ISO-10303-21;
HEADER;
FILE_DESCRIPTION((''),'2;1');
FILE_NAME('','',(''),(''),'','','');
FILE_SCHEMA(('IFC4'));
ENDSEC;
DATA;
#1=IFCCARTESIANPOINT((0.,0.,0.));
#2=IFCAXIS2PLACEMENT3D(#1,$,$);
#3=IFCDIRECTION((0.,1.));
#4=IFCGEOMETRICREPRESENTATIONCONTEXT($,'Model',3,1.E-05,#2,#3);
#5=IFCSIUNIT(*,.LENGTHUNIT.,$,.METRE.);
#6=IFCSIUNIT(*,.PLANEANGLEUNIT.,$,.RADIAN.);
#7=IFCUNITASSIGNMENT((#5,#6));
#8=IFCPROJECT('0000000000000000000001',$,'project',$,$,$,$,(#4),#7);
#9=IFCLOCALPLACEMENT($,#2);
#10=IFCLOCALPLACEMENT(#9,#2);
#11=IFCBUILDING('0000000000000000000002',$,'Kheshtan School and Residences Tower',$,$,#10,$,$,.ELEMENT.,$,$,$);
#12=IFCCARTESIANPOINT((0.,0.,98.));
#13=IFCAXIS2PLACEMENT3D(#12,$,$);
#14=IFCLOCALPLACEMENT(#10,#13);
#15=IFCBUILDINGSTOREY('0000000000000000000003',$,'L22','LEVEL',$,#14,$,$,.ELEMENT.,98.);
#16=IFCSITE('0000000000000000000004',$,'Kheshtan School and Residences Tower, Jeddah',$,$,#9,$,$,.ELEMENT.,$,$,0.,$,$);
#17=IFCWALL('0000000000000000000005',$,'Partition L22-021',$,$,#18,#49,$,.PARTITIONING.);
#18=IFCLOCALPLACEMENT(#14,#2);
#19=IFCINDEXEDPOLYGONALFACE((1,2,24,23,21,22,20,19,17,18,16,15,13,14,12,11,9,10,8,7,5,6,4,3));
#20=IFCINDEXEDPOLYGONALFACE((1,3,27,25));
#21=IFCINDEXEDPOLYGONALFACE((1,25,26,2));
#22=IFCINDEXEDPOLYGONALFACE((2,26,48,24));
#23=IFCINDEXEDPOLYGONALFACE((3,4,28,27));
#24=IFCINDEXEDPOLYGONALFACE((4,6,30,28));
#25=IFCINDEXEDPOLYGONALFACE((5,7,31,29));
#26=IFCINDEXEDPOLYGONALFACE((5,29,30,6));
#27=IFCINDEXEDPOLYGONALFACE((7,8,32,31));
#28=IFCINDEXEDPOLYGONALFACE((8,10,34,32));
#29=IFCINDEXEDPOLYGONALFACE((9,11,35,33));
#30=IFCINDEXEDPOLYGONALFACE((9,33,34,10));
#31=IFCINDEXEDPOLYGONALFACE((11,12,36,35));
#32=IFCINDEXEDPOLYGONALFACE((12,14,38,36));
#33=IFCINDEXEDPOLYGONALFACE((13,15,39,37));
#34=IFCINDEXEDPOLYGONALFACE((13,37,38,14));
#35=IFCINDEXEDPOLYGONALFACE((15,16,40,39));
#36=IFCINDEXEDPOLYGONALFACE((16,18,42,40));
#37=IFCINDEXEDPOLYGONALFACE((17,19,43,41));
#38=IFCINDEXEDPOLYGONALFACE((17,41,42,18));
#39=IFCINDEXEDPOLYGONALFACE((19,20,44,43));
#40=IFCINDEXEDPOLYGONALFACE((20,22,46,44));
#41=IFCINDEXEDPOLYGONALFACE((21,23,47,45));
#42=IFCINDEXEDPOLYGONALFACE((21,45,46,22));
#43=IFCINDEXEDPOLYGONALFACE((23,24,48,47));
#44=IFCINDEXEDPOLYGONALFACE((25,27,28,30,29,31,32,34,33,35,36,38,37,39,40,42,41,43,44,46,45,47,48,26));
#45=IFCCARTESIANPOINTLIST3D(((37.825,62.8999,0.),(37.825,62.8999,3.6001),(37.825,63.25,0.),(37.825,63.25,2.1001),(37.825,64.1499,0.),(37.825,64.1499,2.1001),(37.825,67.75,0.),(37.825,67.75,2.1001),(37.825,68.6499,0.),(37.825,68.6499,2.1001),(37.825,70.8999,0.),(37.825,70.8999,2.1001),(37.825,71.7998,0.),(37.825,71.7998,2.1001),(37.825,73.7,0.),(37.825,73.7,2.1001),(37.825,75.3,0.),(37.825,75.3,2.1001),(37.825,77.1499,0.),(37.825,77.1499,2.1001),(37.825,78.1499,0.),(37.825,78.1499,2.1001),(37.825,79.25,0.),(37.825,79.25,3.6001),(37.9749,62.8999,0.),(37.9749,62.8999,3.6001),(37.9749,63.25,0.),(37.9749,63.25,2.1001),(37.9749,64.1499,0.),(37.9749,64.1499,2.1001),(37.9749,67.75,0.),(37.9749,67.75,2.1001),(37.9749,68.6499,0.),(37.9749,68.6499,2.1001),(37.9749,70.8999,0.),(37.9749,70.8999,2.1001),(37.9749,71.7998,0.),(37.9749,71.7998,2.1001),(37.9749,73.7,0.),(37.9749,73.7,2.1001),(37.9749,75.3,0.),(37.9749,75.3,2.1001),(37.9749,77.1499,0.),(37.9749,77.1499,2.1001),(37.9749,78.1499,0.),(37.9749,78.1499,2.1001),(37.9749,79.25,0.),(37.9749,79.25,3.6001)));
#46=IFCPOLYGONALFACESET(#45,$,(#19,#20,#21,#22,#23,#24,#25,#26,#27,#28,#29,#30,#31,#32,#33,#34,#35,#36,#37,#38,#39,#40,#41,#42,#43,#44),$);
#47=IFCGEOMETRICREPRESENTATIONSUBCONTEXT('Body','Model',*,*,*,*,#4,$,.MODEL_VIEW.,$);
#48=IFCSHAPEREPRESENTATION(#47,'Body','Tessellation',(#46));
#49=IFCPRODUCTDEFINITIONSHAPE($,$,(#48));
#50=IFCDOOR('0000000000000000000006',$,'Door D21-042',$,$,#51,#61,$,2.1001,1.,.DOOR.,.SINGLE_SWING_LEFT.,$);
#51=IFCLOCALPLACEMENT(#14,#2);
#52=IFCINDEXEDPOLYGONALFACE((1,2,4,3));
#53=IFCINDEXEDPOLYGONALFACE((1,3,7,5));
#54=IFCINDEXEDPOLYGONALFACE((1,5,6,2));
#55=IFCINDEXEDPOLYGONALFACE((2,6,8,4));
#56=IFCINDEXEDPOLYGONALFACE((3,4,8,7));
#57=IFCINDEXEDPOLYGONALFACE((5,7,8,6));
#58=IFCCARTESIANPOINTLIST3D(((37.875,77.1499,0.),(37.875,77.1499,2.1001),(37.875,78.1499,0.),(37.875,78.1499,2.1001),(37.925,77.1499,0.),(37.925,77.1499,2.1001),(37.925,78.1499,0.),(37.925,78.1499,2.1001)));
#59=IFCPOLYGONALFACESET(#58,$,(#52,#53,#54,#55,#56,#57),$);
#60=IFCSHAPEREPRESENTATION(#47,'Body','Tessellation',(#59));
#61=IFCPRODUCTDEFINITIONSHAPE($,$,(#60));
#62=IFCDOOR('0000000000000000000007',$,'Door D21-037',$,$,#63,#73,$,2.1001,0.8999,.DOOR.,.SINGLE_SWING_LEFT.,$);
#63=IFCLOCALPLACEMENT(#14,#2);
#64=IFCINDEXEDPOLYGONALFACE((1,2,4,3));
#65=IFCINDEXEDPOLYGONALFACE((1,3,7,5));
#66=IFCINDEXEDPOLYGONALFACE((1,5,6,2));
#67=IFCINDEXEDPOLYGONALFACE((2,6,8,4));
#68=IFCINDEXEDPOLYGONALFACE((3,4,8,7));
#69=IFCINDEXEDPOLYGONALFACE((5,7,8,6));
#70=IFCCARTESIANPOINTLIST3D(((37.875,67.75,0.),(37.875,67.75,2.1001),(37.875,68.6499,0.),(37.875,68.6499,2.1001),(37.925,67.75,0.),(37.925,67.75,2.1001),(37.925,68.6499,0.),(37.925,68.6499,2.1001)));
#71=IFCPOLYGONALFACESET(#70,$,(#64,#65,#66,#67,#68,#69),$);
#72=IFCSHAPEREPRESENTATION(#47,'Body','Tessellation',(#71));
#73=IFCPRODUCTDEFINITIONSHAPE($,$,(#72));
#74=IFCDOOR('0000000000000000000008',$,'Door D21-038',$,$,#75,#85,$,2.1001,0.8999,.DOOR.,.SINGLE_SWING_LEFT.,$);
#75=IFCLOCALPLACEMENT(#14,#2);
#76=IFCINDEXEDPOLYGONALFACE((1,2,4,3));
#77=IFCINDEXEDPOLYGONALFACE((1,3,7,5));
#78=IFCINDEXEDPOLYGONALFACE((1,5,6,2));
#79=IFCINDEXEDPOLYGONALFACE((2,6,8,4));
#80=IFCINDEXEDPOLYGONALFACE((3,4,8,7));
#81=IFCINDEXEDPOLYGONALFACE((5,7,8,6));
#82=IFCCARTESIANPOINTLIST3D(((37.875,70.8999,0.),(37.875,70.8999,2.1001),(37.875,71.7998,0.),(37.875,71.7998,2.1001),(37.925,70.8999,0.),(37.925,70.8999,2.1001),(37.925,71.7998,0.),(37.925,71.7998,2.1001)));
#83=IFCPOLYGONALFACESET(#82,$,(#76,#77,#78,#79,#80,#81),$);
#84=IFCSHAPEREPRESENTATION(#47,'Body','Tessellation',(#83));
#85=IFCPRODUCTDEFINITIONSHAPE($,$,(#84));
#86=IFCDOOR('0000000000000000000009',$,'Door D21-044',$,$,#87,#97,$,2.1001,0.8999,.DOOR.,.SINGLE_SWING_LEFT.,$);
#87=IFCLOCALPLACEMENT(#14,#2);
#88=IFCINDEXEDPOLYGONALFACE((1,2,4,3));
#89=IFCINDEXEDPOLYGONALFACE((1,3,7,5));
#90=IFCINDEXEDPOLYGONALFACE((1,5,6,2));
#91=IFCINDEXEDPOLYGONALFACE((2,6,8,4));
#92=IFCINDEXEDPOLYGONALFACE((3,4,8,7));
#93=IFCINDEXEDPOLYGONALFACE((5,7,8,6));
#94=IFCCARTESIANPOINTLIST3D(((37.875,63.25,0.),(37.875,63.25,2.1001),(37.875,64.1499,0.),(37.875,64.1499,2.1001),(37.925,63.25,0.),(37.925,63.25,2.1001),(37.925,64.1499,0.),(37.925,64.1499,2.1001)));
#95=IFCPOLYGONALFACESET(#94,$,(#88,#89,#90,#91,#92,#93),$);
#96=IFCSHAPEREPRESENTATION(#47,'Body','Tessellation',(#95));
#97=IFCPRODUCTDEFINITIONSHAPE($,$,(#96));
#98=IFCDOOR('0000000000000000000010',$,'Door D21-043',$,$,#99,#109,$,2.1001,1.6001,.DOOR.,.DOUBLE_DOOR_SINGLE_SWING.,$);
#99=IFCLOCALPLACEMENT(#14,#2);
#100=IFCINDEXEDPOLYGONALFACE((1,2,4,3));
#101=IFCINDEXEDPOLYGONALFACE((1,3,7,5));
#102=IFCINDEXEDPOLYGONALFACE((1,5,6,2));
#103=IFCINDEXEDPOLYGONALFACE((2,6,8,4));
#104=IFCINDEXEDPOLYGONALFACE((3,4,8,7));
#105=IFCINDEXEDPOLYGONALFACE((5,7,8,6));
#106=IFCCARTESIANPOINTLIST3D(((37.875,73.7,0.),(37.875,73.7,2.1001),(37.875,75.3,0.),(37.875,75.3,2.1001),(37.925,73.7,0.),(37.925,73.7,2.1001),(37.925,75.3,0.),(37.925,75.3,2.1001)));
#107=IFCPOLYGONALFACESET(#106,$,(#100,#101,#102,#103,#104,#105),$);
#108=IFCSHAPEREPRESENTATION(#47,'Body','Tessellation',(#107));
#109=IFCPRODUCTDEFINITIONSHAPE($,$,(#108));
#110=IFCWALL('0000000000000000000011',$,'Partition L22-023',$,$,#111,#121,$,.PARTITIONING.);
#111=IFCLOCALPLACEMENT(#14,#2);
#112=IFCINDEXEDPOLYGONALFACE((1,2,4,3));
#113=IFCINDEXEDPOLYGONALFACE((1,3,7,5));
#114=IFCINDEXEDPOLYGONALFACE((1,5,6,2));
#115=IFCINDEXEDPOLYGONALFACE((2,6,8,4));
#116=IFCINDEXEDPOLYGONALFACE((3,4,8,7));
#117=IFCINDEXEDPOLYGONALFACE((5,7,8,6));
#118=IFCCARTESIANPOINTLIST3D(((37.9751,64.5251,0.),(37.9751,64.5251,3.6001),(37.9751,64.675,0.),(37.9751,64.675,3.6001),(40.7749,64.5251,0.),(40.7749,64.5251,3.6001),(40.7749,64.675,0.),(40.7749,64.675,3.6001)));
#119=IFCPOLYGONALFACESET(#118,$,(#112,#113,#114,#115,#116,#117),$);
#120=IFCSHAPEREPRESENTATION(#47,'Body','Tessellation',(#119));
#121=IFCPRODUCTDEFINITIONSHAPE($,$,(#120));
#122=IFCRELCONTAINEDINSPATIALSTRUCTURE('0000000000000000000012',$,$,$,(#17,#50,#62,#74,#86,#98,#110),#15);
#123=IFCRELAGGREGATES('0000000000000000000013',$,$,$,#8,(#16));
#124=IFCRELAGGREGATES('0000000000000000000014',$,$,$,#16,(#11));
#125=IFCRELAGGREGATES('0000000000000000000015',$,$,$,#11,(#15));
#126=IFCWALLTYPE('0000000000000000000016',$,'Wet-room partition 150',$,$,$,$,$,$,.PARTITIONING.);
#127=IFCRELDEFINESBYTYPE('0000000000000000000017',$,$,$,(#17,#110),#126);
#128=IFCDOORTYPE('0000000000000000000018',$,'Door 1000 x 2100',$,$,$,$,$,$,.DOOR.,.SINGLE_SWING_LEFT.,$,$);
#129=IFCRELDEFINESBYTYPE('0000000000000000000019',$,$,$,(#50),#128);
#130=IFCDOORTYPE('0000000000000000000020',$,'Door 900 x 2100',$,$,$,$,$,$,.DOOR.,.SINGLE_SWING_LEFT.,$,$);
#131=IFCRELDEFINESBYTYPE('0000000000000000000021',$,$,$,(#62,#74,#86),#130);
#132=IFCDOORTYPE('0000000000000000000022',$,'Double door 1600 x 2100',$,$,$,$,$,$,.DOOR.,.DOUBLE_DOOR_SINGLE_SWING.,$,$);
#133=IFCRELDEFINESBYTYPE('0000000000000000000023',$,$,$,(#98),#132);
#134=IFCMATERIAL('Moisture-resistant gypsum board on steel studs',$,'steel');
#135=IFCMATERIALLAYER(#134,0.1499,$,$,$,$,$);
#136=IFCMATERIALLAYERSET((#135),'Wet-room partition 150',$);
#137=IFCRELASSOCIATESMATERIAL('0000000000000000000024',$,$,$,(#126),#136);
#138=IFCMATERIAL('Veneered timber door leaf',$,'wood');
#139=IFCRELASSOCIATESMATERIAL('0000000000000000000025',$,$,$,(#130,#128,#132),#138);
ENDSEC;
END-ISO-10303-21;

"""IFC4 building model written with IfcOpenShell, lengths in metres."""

from ifc_helpers import new_model, si_unit, direction, frame, frame_2d, origin, place, context, subcontext, project, spatial, rectangle, extrude, source, transform, mapped, material, layer, layer_set, type_object, element, fill, save


model = new_model("IFC4")

# Units and contexts
model_context = context("Model", 3, precision=1e-05, world=origin(), true_north=direction((0.0, 1.0)))
body_context = subcontext(model_context, "Body", "Model", "MODEL_VIEW")
ifc_project = project(units=[si_unit("LENGTHUNIT", "METRE"), si_unit("PLANEANGLEUNIT", "RADIAN")], contexts=[model_context])

# Site, building, storey
site_placement = place(None, origin())
site = spatial("IfcSite", under=ifc_project, at=site_placement, Name="Kheshtan School and Residences Tower, Jeddah", CompositionType="ELEMENT", RefElevation=0.0)
building_placement = place(site_placement, origin())
building = spatial("IfcBuilding", under=site, at=building_placement, Name="Kheshtan School and Residences Tower", CompositionType="ELEMENT")
storey_placement = place(building_placement, frame((0.0, 0.0, 98.0)))
storey = spatial("IfcBuildingStorey", under=building, at=storey_placement, Name="L22", Description="LEVEL", CompositionType="ELEMENT", Elevation=98.0)

# Shared definitions
ifc_material_1 = material(Name="Moisture-resistant gypsum board on steel studs", Category="steel")
ifc_layer_1 = layer(ifc_material_1, 0.1499)
ifc_layer_set_1 = layer_set([ifc_layer_1], Name="Wet-room partition 150")
wall_type_1 = type_object("IfcWallType", Name="Wet-room partition 150", PredefinedType="PARTITIONING", material=ifc_layer_set_1)

# Shared definitions
ifc_material_2 = material(Name="Veneered timber door leaf", Category="wood")

# Wall, openings, doors
door_type_1 = type_object("IfcDoorType", Name="Door 900 x 2100", OperationType="SINGLE_SWING_LEFT", PredefinedType="DOOR", material=ifc_material_2)
shared_shape_1 = source(origin(), body_context, "Body", "SweptSolid", [
    extrude(rectangle(XDim=0.8999, YDim=2.1001, at=frame_2d((0.45, 1.05))), frame((0.0, 0.0249, 0.0), z_axis=(0.0, -1.0, 0.0), x_axis=(1.0, 0.0, 0.0)), (0.0, 0.0, 1.0), 0.05),
])
wall_1_placement = place(storey_placement, frame((37.8999, 62.8999, 0.0), z_axis=(0.0, 0.0, 1.0), x_axis=(0.0, 1.0, 0.0)))
wall_1 = element("IfcWall", 1, at=wall_1_placement, inside=storey, type_object=wall_type_1, Name="Partition L22-021", PredefinedType="PARTITIONING", context=body_context, shape_type="SweptSolid", body=[
    extrude(rectangle(XDim=16.3501, YDim=0.1499, at=frame_2d((8.175, 0.0))), origin(), (0.0, 0.0, 1.0), 3.6001),
])
opening_1_placement = place(wall_1_placement, frame((4.8501, 0.0, 0.0)))
opening_1 = element("IfcOpeningElement", 2, at=opening_1_placement, cuts=wall_1, PredefinedType="OPENING", context=body_context, shape_type="SweptSolid", body=[
    extrude(rectangle(XDim=0.8999, YDim=2.1001, at=frame_2d((0.45, 1.05))), frame((0.0, 0.085, 0.0), z_axis=(0.0, -1.0, 0.0), x_axis=(1.0, 0.0, 0.0)), (0.0, 0.0, 1.0), 0.1699),
])
opening_2_placement = place(wall_1_placement, frame((8.0, 0.0, 0.0)))
opening_2 = element("IfcOpeningElement", 3, at=opening_2_placement, cuts=wall_1, PredefinedType="OPENING", context=body_context, shape_type="SweptSolid", body=[
    extrude(rectangle(XDim=0.8999, YDim=2.1001, at=frame_2d((0.45, 1.05))), frame((0.0, 0.085, 0.0), z_axis=(0.0, -1.0, 0.0), x_axis=(1.0, 0.0, 0.0)), (0.0, 0.0, 1.0), 0.1699),
])
opening_3_placement = place(wall_1_placement, frame((14.25, 0.0, 0.0)))
opening_3 = element("IfcOpeningElement", 4, at=opening_3_placement, cuts=wall_1, PredefinedType="OPENING", context=body_context, shape_type="SweptSolid", body=[
    extrude(rectangle(XDim=1.0, YDim=2.1001, at=frame_2d((0.5, 1.05))), frame((0.0, 0.085, 0.0), z_axis=(0.0, -1.0, 0.0), x_axis=(1.0, 0.0, 0.0)), (0.0, 0.0, 1.0), 0.1699),
])
opening_4_placement = place(wall_1_placement, frame((10.8, 0.0, 0.0)))
opening_4 = element("IfcOpeningElement", 5, at=opening_4_placement, cuts=wall_1, PredefinedType="OPENING", context=body_context, shape_type="SweptSolid", body=[
    extrude(rectangle(XDim=1.6001, YDim=2.1001, at=frame_2d((0.8, 1.05))), frame((0.0, 0.085, 0.0), z_axis=(0.0, -1.0, 0.0), x_axis=(1.0, 0.0, 0.0)), (0.0, 0.0, 1.0), 0.1699),
])
opening_5_placement = place(wall_1_placement, frame((0.3501, 0.0, 0.0)))
opening_5 = element("IfcOpeningElement", 6, at=opening_5_placement, cuts=wall_1, PredefinedType="OPENING", context=body_context, shape_type="SweptSolid", body=[
    extrude(rectangle(XDim=0.8999, YDim=2.1001, at=frame_2d((0.45, 1.05))), frame((0.0, 0.085, 0.0), z_axis=(0.0, -1.0, 0.0), x_axis=(1.0, 0.0, 0.0)), (0.0, 0.0, 1.0), 0.1699),
])
door_type_2 = type_object("IfcDoorType", Name="Door 1000 x 2100", OperationType="SINGLE_SWING_LEFT", PredefinedType="DOOR", material=ifc_material_2)
shared_shape_2 = source(origin(), body_context, "Body", "SweptSolid", [
    extrude(rectangle(XDim=1.0, YDim=2.1001, at=frame_2d((0.5, 1.05))), frame((0.0, 0.0249, 0.0), z_axis=(0.0, -1.0, 0.0), x_axis=(1.0, 0.0, 0.0)), (0.0, 0.0, 1.0), 0.05),
])
door_1_placement = place(opening_3_placement, origin())
door_1 = element("IfcDoor", 7, at=door_1_placement, inside=storey, type_object=door_type_2, Name="Door D21-042", OperationType="SINGLE_SWING_LEFT", OverallHeight=2.1001, OverallWidth=1.0, PredefinedType="DOOR", context=body_context, shape_type="MappedRepresentation", body=[
    mapped(shared_shape_2, transform((0.0, 0.0, 0.0), x_axis=(1.0, 0.0, 0.0), y_axis=(0.0, 1.0, 0.0), z_axis=(0.0, 0.0, 1.0), scale=1.0)),
])
fill(opening_3, door_1)
door_2_placement = place(opening_1_placement, origin())
door_2 = element("IfcDoor", 8, at=door_2_placement, inside=storey, type_object=door_type_1, Name="Door D21-037", OperationType="SINGLE_SWING_LEFT", OverallHeight=2.1001, OverallWidth=0.8999, PredefinedType="DOOR", context=body_context, shape_type="MappedRepresentation", body=[
    mapped(shared_shape_1, transform((0.0, 0.0, 0.0), x_axis=(1.0, 0.0, 0.0), y_axis=(0.0, 1.0, 0.0), z_axis=(0.0, 0.0, 1.0), scale=1.0)),
])
fill(opening_1, door_2)
door_3_placement = place(opening_2_placement, origin())
door_3 = element("IfcDoor", 9, at=door_3_placement, inside=storey, type_object=door_type_1, Name="Door D21-038", OperationType="SINGLE_SWING_LEFT", OverallHeight=2.1001, OverallWidth=0.8999, PredefinedType="DOOR", context=body_context, shape_type="MappedRepresentation", body=[
    mapped(shared_shape_1, transform((0.0, 0.0, 0.0), x_axis=(1.0, 0.0, 0.0), y_axis=(0.0, 1.0, 0.0), z_axis=(0.0, 0.0, 1.0), scale=1.0)),
])
fill(opening_2, door_3)
door_4_placement = place(opening_5_placement, origin())
door_4 = element("IfcDoor", 10, at=door_4_placement, inside=storey, type_object=door_type_1, Name="Door D21-044", OperationType="SINGLE_SWING_LEFT", OverallHeight=2.1001, OverallWidth=0.8999, PredefinedType="DOOR", context=body_context, shape_type="MappedRepresentation", body=[
    mapped(shared_shape_1, transform((0.0, 0.0, 0.0), x_axis=(1.0, 0.0, 0.0), y_axis=(0.0, 1.0, 0.0), z_axis=(0.0, 0.0, 1.0), scale=1.0)),
])
fill(opening_5, door_4)
door_type_3 = type_object("IfcDoorType", Name="Double door 1600 x 2100", OperationType="DOUBLE_DOOR_SINGLE_SWING", PredefinedType="DOOR", material=ifc_material_2)
shared_shape_3 = source(origin(), body_context, "Body", "SweptSolid", [
    extrude(rectangle(XDim=1.6001, YDim=2.1001, at=frame_2d((0.8, 1.05))), frame((0.0, 0.0249, 0.0), z_axis=(0.0, -1.0, 0.0), x_axis=(1.0, 0.0, 0.0)), (0.0, 0.0, 1.0), 0.05),
])
door_5_placement = place(opening_4_placement, origin())
door_5 = element("IfcDoor", 11, at=door_5_placement, inside=storey, type_object=door_type_3, Name="Door D21-043", OperationType="DOUBLE_DOOR_SINGLE_SWING", OverallHeight=2.1001, OverallWidth=1.6001, PredefinedType="DOOR", context=body_context, shape_type="MappedRepresentation", body=[
    mapped(shared_shape_3, transform((0.0, 0.0, 0.0), x_axis=(1.0, 0.0, 0.0), y_axis=(0.0, 1.0, 0.0), z_axis=(0.0, 0.0, 1.0), scale=1.0)),
])
fill(opening_4, door_5)

# Wall
wall_2_placement = place(storey_placement, frame((37.9751, 64.6001, 0.0), z_axis=(0.0, 0.0, 1.0), x_axis=(1.0, 0.0, 0.0)))
element("IfcWall", 12, at=wall_2_placement, inside=storey, type_object=wall_type_1, Name="Partition L22-023", PredefinedType="PARTITIONING", context=body_context, shape_type="SweptSolid", body=[
    extrude(rectangle(XDim=2.7998, YDim=0.1499, at=frame_2d((1.3999, 0.0))), origin(), (0.0, 0.0, 1.0), 3.6001),
])

save(model, "model.ifc")
